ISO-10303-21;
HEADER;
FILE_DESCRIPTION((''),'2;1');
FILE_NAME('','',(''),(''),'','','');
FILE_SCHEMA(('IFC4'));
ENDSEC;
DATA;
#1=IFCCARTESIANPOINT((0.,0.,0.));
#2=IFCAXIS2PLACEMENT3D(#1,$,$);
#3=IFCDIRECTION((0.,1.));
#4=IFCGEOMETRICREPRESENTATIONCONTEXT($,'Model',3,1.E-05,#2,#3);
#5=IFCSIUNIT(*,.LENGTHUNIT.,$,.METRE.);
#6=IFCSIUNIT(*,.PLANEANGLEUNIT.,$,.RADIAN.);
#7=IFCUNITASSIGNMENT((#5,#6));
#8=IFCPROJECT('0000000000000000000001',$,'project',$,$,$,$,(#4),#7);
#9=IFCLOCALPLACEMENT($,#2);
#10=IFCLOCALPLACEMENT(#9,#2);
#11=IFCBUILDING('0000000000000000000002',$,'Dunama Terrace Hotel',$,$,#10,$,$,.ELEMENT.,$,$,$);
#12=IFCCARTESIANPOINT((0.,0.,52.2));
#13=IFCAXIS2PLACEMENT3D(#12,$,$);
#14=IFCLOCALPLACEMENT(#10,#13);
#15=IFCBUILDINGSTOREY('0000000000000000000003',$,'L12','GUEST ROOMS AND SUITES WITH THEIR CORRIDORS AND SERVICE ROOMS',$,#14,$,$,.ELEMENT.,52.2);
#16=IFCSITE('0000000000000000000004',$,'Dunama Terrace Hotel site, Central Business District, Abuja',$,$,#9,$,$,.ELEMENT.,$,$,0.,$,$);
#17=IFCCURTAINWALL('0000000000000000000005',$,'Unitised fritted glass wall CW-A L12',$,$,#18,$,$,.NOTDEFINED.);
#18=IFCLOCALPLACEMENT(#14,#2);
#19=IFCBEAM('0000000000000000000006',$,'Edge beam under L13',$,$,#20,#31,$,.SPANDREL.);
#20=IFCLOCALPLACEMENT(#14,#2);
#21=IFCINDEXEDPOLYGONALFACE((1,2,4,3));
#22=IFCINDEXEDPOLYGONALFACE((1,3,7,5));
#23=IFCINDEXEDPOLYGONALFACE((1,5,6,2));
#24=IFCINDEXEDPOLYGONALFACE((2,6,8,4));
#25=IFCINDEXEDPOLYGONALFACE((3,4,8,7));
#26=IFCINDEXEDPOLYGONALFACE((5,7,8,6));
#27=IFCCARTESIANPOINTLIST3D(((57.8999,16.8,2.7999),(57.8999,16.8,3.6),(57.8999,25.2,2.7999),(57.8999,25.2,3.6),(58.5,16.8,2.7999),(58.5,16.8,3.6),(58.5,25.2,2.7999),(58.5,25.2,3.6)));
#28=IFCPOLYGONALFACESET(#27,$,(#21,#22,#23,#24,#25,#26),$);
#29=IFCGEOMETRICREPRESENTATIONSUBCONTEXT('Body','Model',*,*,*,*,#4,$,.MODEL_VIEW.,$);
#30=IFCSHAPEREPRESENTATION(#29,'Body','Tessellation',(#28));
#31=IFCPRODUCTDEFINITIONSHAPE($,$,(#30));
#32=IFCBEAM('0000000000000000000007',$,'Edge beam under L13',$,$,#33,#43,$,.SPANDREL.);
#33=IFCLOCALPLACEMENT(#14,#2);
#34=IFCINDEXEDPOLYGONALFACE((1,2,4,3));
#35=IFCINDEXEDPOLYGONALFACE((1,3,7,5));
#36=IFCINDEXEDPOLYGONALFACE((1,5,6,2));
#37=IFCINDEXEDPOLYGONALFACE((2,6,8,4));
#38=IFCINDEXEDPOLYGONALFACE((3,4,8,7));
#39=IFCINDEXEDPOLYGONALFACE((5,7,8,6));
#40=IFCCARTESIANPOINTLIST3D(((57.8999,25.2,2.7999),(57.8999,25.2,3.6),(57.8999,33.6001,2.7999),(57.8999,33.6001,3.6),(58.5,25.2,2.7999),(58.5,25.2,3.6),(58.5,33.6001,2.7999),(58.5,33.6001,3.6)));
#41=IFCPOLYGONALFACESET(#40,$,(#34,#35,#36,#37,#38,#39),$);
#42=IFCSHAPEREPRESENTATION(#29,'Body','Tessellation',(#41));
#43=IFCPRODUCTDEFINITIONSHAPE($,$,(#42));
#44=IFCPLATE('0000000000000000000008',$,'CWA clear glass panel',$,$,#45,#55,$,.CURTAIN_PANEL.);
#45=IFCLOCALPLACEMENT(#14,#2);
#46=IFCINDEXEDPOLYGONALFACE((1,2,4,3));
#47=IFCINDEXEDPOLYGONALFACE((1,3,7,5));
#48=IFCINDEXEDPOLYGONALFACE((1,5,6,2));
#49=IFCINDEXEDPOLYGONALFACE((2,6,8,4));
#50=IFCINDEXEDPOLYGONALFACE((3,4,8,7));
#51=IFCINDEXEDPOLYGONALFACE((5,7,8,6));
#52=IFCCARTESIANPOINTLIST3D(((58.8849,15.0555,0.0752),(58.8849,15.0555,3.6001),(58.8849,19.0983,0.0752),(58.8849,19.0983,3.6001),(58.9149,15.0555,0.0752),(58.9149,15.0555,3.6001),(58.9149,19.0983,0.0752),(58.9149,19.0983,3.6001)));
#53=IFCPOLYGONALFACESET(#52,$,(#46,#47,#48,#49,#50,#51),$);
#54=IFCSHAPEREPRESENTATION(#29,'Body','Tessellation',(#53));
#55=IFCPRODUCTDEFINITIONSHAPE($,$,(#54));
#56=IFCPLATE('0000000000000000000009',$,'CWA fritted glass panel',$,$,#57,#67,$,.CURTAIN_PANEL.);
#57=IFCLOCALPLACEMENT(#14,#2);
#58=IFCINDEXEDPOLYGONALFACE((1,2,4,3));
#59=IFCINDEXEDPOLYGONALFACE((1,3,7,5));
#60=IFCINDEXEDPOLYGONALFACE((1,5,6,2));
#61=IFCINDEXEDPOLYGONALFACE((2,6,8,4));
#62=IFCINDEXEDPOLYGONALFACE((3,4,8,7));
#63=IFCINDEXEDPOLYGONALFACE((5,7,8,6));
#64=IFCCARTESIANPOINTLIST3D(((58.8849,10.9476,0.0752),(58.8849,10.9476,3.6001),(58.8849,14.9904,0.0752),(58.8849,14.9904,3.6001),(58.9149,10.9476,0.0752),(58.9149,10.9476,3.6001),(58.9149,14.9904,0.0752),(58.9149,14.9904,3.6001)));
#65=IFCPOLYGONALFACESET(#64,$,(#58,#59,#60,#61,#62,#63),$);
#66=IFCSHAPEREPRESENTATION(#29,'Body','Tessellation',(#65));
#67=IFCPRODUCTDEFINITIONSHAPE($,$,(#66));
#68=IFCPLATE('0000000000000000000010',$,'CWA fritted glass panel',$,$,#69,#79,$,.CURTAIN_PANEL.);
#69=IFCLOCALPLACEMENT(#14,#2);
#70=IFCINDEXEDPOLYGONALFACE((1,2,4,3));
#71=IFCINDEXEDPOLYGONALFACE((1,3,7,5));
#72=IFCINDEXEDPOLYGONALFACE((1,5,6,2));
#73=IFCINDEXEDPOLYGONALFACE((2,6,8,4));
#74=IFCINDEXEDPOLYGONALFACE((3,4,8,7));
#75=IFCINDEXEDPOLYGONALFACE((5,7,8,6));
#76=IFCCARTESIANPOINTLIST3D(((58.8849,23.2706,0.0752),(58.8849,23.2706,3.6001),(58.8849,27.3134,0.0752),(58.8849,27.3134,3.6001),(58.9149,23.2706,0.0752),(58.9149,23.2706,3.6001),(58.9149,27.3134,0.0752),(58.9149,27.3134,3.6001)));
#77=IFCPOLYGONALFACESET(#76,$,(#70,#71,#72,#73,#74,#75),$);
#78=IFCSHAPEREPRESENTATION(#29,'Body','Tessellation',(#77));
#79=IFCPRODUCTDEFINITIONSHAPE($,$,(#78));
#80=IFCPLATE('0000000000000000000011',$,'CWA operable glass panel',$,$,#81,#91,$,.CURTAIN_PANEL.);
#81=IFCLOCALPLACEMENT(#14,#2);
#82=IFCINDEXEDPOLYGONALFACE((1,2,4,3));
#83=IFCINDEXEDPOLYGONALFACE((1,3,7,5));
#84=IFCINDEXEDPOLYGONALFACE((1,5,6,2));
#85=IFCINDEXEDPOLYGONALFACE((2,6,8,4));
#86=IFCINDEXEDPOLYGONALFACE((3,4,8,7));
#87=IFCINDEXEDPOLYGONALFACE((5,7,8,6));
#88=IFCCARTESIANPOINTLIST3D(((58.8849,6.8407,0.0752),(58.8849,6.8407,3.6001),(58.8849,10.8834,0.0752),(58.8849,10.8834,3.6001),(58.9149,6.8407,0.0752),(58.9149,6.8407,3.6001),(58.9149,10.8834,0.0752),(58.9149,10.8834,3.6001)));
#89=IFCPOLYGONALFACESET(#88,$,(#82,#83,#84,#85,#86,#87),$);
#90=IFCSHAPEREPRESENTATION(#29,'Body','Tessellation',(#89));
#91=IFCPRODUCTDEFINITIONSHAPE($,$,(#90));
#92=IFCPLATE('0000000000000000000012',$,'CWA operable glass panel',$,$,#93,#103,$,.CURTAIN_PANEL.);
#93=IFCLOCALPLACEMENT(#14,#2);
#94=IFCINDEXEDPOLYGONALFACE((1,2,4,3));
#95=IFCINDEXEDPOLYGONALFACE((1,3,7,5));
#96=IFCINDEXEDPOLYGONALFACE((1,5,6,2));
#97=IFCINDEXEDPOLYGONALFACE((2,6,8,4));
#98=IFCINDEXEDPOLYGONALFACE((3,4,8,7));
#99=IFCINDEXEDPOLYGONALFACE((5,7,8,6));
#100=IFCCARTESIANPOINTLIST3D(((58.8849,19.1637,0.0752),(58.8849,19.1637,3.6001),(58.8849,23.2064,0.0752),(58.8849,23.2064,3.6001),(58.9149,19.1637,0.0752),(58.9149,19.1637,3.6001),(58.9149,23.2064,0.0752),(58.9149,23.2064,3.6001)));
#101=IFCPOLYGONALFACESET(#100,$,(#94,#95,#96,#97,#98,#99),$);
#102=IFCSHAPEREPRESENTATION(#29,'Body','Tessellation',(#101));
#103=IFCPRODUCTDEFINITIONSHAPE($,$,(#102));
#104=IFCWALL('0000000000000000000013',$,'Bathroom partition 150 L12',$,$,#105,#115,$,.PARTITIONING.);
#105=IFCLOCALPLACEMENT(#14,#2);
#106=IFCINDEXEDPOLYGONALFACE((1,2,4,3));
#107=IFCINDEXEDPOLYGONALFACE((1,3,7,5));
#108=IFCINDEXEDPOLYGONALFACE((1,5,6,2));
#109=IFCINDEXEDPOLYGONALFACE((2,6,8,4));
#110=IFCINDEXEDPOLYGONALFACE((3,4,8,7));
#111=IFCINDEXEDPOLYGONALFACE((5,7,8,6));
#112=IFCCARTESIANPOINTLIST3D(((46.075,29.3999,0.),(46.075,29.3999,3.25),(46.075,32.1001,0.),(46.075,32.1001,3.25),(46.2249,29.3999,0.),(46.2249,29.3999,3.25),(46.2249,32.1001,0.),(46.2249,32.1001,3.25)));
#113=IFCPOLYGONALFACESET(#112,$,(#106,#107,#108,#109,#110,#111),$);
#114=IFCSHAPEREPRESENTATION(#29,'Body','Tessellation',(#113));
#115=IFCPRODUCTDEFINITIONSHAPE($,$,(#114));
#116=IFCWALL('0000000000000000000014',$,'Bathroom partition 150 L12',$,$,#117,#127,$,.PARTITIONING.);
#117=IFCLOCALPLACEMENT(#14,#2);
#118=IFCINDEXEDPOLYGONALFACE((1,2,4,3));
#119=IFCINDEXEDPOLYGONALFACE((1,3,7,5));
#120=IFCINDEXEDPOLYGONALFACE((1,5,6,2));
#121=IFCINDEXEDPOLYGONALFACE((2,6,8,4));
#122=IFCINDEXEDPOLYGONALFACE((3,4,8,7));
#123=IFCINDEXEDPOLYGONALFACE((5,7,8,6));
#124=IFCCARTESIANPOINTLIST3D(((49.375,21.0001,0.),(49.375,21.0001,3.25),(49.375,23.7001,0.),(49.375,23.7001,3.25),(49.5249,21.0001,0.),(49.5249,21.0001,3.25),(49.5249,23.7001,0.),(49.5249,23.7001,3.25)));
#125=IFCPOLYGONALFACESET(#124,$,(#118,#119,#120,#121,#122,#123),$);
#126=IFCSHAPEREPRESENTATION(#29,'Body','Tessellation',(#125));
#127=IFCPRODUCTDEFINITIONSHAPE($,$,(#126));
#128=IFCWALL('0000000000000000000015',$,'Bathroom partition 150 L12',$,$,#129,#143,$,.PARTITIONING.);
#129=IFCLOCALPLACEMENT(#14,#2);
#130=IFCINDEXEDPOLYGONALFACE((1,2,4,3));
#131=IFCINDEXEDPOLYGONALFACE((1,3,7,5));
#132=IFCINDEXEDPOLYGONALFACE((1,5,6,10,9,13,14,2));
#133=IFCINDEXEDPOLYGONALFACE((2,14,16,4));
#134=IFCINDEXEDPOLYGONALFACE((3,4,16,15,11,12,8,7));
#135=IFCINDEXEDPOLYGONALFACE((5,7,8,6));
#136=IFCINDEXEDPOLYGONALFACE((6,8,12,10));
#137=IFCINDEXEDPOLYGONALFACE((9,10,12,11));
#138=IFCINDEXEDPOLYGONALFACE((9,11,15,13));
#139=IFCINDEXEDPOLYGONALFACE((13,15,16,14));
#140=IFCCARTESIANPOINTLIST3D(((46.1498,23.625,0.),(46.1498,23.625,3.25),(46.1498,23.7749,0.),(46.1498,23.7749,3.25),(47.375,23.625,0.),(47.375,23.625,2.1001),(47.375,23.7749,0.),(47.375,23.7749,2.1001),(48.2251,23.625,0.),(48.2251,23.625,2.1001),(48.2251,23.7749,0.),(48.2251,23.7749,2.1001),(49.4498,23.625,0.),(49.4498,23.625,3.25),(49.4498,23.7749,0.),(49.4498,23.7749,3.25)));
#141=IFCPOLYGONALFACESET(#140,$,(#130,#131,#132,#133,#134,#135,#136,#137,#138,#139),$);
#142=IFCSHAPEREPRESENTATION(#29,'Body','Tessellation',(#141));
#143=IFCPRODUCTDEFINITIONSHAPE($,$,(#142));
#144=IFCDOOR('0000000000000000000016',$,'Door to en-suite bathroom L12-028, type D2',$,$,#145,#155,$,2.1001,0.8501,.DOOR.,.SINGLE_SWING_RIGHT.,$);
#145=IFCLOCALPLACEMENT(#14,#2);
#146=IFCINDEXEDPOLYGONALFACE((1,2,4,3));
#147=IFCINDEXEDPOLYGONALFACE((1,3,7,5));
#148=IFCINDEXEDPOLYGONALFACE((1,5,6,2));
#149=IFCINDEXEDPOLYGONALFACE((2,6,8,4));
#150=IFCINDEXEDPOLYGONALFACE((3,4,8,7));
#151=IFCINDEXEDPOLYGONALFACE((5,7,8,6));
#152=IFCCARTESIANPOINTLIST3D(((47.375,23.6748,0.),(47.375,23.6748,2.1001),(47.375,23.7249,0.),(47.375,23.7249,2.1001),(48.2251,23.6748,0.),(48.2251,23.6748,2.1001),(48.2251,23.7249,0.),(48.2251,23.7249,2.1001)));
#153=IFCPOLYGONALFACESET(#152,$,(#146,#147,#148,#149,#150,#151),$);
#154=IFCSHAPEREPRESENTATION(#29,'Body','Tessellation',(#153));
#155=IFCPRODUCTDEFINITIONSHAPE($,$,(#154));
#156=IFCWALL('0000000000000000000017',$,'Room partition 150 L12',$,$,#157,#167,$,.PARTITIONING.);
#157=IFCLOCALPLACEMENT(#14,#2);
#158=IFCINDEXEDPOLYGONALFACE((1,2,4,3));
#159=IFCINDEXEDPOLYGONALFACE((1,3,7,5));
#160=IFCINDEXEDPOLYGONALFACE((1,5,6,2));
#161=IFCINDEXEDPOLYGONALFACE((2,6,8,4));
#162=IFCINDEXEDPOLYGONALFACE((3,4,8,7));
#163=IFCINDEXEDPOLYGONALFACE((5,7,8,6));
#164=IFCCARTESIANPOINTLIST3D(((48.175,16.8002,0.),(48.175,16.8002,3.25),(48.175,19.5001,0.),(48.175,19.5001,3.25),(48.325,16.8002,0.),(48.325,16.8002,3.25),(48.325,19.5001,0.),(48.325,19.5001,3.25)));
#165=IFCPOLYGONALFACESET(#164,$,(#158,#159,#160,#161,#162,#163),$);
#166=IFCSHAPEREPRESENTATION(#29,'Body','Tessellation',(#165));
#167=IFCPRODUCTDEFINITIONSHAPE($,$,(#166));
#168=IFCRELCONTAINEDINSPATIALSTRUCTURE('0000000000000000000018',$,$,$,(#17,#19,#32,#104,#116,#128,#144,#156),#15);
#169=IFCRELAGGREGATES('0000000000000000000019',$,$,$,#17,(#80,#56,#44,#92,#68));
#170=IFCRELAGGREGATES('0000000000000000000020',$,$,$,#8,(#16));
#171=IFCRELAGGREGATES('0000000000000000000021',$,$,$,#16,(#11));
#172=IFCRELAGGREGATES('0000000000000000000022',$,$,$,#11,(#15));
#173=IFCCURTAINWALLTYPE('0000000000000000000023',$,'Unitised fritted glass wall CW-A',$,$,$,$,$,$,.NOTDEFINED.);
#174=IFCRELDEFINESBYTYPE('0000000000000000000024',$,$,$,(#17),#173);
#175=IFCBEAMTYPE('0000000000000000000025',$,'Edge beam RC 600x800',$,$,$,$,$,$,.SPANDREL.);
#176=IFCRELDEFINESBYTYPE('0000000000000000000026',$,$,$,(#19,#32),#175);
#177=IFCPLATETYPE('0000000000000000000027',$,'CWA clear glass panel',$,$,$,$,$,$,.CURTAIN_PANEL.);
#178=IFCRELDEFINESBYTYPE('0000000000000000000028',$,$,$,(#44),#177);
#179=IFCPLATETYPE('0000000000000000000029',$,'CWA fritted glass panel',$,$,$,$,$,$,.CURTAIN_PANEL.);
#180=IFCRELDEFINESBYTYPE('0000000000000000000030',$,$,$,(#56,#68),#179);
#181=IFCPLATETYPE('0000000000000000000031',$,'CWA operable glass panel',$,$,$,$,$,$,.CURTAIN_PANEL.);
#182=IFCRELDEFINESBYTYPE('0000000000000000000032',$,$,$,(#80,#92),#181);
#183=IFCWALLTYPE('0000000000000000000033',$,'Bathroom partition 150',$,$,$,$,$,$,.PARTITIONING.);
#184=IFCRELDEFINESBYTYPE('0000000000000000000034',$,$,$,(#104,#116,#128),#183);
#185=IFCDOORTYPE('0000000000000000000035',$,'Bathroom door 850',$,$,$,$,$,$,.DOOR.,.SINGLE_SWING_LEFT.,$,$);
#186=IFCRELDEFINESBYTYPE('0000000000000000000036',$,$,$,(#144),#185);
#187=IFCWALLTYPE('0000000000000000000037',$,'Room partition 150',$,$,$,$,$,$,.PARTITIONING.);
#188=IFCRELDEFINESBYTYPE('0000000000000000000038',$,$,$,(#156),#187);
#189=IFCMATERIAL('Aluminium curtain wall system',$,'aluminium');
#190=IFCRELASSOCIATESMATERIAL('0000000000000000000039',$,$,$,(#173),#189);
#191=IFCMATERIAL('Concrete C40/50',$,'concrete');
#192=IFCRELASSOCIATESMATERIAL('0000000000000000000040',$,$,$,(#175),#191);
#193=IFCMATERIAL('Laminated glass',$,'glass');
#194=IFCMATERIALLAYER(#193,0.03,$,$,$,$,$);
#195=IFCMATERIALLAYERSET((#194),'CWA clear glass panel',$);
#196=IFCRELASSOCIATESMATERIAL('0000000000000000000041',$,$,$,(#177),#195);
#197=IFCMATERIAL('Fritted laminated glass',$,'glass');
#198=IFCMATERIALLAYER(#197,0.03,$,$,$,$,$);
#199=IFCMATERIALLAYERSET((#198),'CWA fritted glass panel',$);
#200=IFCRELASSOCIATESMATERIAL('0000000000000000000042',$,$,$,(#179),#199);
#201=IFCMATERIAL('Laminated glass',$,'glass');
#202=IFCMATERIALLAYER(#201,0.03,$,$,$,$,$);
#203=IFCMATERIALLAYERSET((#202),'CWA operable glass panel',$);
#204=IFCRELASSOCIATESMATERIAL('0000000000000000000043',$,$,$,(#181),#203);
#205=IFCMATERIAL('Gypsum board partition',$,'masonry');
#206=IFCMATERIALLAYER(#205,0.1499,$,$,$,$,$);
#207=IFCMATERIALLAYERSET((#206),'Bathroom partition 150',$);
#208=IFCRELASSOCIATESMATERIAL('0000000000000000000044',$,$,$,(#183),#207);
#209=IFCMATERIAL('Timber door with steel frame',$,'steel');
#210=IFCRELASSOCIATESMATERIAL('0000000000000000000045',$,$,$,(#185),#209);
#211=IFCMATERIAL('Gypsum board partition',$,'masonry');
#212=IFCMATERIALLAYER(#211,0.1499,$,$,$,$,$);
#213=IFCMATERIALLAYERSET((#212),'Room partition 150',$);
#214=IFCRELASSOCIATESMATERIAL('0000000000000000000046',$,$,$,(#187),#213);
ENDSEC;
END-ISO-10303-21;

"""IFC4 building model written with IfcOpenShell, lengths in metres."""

from ifc_helpers import new_model, si_unit, direction, frame, frame_2d, origin, origin_2d, place, context, subcontext, project, spatial, rectangle, extrude, material, layer, layer_set, material_profile, profile_set, type_object, element, fill, aggregate, save


model = new_model("IFC4")

# Units and contexts
model_context = context("Model", 3, precision=1e-05, world=origin(), true_north=direction((0.0, 1.0)))
body_context = subcontext(model_context, "Body", "Model", "MODEL_VIEW")
ifc_project = project(units=[si_unit("LENGTHUNIT", "METRE"), si_unit("PLANEANGLEUNIT", "RADIAN")], contexts=[model_context])

# Site, building, storey
site_placement = place(None, origin())
site = spatial("IfcSite", under=ifc_project, at=site_placement, Name="Dunama Terrace Hotel site, Central Business District, Abuja", CompositionType="ELEMENT", RefElevation=0.0)
building_placement = place(site_placement, origin())
building = spatial("IfcBuilding", under=site, at=building_placement, Name="Dunama Terrace Hotel", CompositionType="ELEMENT")
storey_placement = place(building_placement, frame((0.0, 0.0, 52.2)))
storey = spatial("IfcBuildingStorey", under=building, at=storey_placement, Name="L12", Description="GUEST ROOMS AND SUITES WITH THEIR CORRIDORS AND SERVICE ROOMS", CompositionType="ELEMENT", Elevation=52.2)

# Curtain wall
ifc_material_1 = material(Name="Aluminium curtain wall system", Category="aluminium")
curtain_wall_type = type_object("IfcCurtainWallType", Name="Unitised fritted glass wall CW-A", PredefinedType="NOTDEFINED", material=ifc_material_1)
curtain_wall_placement = place(storey_placement, origin())
curtain_wall = element("IfcCurtainWall", 1, at=curtain_wall_placement, inside=storey, type_object=curtain_wall_type, Name="Unitised fritted glass wall CW-A L12", PredefinedType="NOTDEFINED")

# Beams
ifc_material_2 = material(Name="Concrete C40/50", Category="concrete")
ifc_material_profile_1 = material_profile(ifc_material_2, rectangle(XDim=0.6001, YDim=0.8, at=origin_2d()), Name="RC 600x800")
ifc_profile_set_1 = profile_set([ifc_material_profile_1], Name="Concrete C40/50")
beam_type = type_object("IfcBeamType", Name="Edge beam RC 600x800", PredefinedType="SPANDREL", material=ifc_profile_set_1)
beam_1_placement = place(storey_placement, frame((58.2, 16.8, 3.2), z_axis=(0.0, 1.0, 0.0), x_axis=(-1.0, 0.0, 0.0)))
element("IfcBeam", 2, at=beam_1_placement, inside=storey, type_object=beam_type, Name="Edge beam under L13", PredefinedType="SPANDREL", context=body_context, shape_type="SweptSolid", body=[
    extrude(rectangle(XDim=0.6001, YDim=0.8, at=origin_2d()), origin(), (0.0, 0.0, 1.0), 8.3999),
])
beam_2_placement = place(storey_placement, frame((58.2, 25.2, 3.2), z_axis=(0.0, 1.0, 0.0), x_axis=(-1.0, 0.0, 0.0)))
element("IfcBeam", 3, at=beam_2_placement, inside=storey, type_object=beam_type, Name="Edge beam under L13", PredefinedType="SPANDREL", context=body_context, shape_type="SweptSolid", body=[
    extrude(rectangle(XDim=0.6001, YDim=0.8, at=origin_2d()), origin(), (0.0, 0.0, 1.0), 8.4001),
])

# Plates
ifc_material_3 = material(Name="Laminated glass", Category="glass")
ifc_layer_1 = layer(ifc_material_3, 0.03)
ifc_layer_set_1 = layer_set([ifc_layer_1], Name="CWA clear glass panel")
plate_type_1 = type_object("IfcPlateType", Name="CWA clear glass panel", PredefinedType="CURTAIN_PANEL", material=ifc_layer_set_1)
plate_1_placement = place(storey_placement, frame((58.8999, 17.0769, 0.0752), z_axis=(0.0, 0.0, 1.0), x_axis=(0.0, 1.0, 0.0)))
plate_1 = element("IfcPlate", 4, at=plate_1_placement, type_object=plate_type_1, Name="CWA clear glass panel", PredefinedType="CURTAIN_PANEL", context=body_context, shape_type="SweptSolid", body=[
    extrude(rectangle(XDim=4.0427, YDim=0.03, at=origin_2d()), origin(), (0.0, 0.0, 1.0), 3.5249),
])
ifc_material_4 = material(Name="Fritted laminated glass", Category="glass")
ifc_layer_2 = layer(ifc_material_4, 0.03)
ifc_layer_set_2 = layer_set([ifc_layer_2], Name="CWA fritted glass panel")
plate_type_2 = type_object("IfcPlateType", Name="CWA fritted glass panel", PredefinedType="CURTAIN_PANEL", material=ifc_layer_set_2)
plate_2_placement = place(storey_placement, frame((58.8999, 12.969, 0.0752), z_axis=(0.0, 0.0, 1.0), x_axis=(0.0, 1.0, 0.0)))
plate_2 = element("IfcPlate", 5, at=plate_2_placement, type_object=plate_type_2, Name="CWA fritted glass panel", PredefinedType="CURTAIN_PANEL", context=body_context, shape_type="SweptSolid", body=[
    extrude(rectangle(XDim=4.0427, YDim=0.03, at=origin_2d()), origin(), (0.0, 0.0, 1.0), 3.5249),
])
plate_3_placement = place(storey_placement, frame((58.8999, 25.292, 0.0752), z_axis=(0.0, 0.0, 1.0), x_axis=(0.0, 1.0, 0.0)))
plate_3 = element("IfcPlate", 6, at=plate_3_placement, type_object=plate_type_2, Name="CWA fritted glass panel", PredefinedType="CURTAIN_PANEL", context=body_context, shape_type="SweptSolid", body=[
    extrude(rectangle(XDim=4.0427, YDim=0.03, at=origin_2d()), origin(), (0.0, 0.0, 1.0), 3.5249),
])
ifc_material_5 = material(Name="Laminated glass", Category="glass")
ifc_layer_3 = layer(ifc_material_5, 0.03)
ifc_layer_set_3 = layer_set([ifc_layer_3], Name="CWA operable glass panel")
plate_type_3 = type_object("IfcPlateType", Name="CWA operable glass panel", PredefinedType="CURTAIN_PANEL", material=ifc_layer_set_3)
plate_4_placement = place(storey_placement, frame((58.8999, 8.8621, 0.0752), z_axis=(0.0, 0.0, 1.0), x_axis=(0.0, 1.0, 0.0)))
plate_4 = element("IfcPlate", 7, at=plate_4_placement, type_object=plate_type_3, Name="CWA operable glass panel", PredefinedType="CURTAIN_PANEL", context=body_context, shape_type="SweptSolid", body=[
    extrude(rectangle(XDim=4.0427, YDim=0.03, at=origin_2d()), origin(), (0.0, 0.0, 1.0), 3.5249),
])
plate_5_placement = place(storey_placement, frame((58.8999, 21.1851, 0.0752), z_axis=(0.0, 0.0, 1.0), x_axis=(0.0, 1.0, 0.0)))
plate_5 = element("IfcPlate", 8, at=plate_5_placement, type_object=plate_type_3, Name="CWA operable glass panel", PredefinedType="CURTAIN_PANEL", context=body_context, shape_type="SweptSolid", body=[
    extrude(rectangle(XDim=4.0427, YDim=0.03, at=origin_2d()), origin(), (0.0, 0.0, 1.0), 3.5249),
])
aggregate(curtain_wall, [plate_4, plate_2, plate_1, plate_5, plate_3])

# Walls
ifc_material_6 = material(Name="Gypsum board partition", Category="masonry")
ifc_layer_4 = layer(ifc_material_6, 0.1499)
ifc_layer_set_4 = layer_set([ifc_layer_4], Name="Bathroom partition 150")
wall_type_1 = type_object("IfcWallType", Name="Bathroom partition 150", PredefinedType="PARTITIONING", material=ifc_layer_set_4)
wall_1_placement = place(storey_placement, frame((46.1499, 29.3999, 0.0), z_axis=(0.0, 0.0, 1.0), x_axis=(0.0, 1.0, 0.0)))
element("IfcWall", 9, at=wall_1_placement, inside=storey, type_object=wall_type_1, Name="Bathroom partition 150 L12", PredefinedType="PARTITIONING", context=body_context, shape_type="SweptSolid", body=[
    extrude(rectangle(XDim=2.7002, YDim=0.1499, at=frame_2d((1.3501, 0.0))), origin(), (0.0, 0.0, 1.0), 3.25),
])
wall_2_placement = place(storey_placement, frame((49.45, 21.0, 0.0), z_axis=(0.0, 0.0, 1.0), x_axis=(0.0, 1.0, 0.0)))
element("IfcWall", 10, at=wall_2_placement, inside=storey, type_object=wall_type_1, Name="Bathroom partition 150 L12", PredefinedType="PARTITIONING", context=body_context, shape_type="SweptSolid", body=[
    extrude(rectangle(XDim=2.7, YDim=0.1499, at=frame_2d((1.3501, 0.0))), origin(), (0.0, 0.0, 1.0), 3.25),
])

# Wall, opening, door
wall_3_placement = place(storey_placement, frame((46.1499, 23.7, 0.0), z_axis=(0.0, 0.0, 1.0), x_axis=(1.0, 0.0, 0.0)))
wall_3 = element("IfcWall", 11, at=wall_3_placement, inside=storey, type_object=wall_type_1, Name="Bathroom partition 150 L12", PredefinedType="PARTITIONING", context=body_context, shape_type="SweptSolid", body=[
    extrude(rectangle(XDim=3.3, YDim=0.1499, at=frame_2d((1.6499, 0.0))), origin(), (0.0, 0.0, 1.0), 3.25),
])
opening_1_placement = place(wall_3_placement, frame((1.2251, 0.0, 0.0)))
opening_1 = element("IfcOpeningElement", 12, at=opening_1_placement, cuts=wall_3, PredefinedType="OPENING", context=body_context, shape_type="SweptSolid", body=[
    extrude(rectangle(XDim=0.8501, YDim=2.1001, at=frame_2d((0.425, 1.05))), frame((0.0, 0.085, 0.0), z_axis=(0.0, -1.0, 0.0), x_axis=(1.0, 0.0, 0.0)), (0.0, 0.0, 1.0), 0.1699),
])
ifc_material_7 = material(Name="Timber door with steel frame", Category="steel")
door_type_1 = type_object("IfcDoorType", Name="Bathroom door 850", OperationType="SINGLE_SWING_LEFT", PredefinedType="DOOR", material=ifc_material_7)
door_1_placement = place(opening_1_placement, frame((0.8501, 0.0, 0.0), z_axis=(0.0, 0.0, 1.0), x_axis=(-1.0, 0.0, 0.0)))
door_1 = element("IfcDoor", 13, at=door_1_placement, inside=storey, type_object=door_type_1, Name="Door to en-suite bathroom L12-028, type D2", OperationType="SINGLE_SWING_RIGHT", OverallHeight=2.1001, OverallWidth=0.8501, PredefinedType="DOOR", context=body_context, shape_type="SweptSolid", body=[
    extrude(rectangle(XDim=0.8501, YDim=2.1001, at=frame_2d((0.425, 1.05))), frame((0.0, 0.0251, 0.0), z_axis=(0.0, -1.0, 0.0), x_axis=(1.0, 0.0, 0.0)), (0.0, 0.0, 1.0), 0.05),
])
fill(opening_1, door_1)

# Wall
ifc_material_8 = material(Name="Gypsum board partition", Category="masonry")
ifc_layer_5 = layer(ifc_material_8, 0.1499)
ifc_layer_set_5 = layer_set([ifc_layer_5], Name="Room partition 150")
wall_type_2 = type_object("IfcWallType", Name="Room partition 150", PredefinedType="PARTITIONING", material=ifc_layer_set_5)
wall_4_placement = place(storey_placement, frame((48.25, 16.8, 0.0), z_axis=(0.0, 0.0, 1.0), x_axis=(0.0, 1.0, 0.0)))
element("IfcWall", 14, at=wall_4_placement, inside=storey, type_object=wall_type_2, Name="Room partition 150 L12", PredefinedType="PARTITIONING", context=body_context, shape_type="SweptSolid", body=[
    extrude(rectangle(XDim=2.7, YDim=0.1499, at=frame_2d((1.3501, 0.0))), origin(), (0.0, 0.0, 1.0), 3.25),
])

save(model, "model.ifc")
